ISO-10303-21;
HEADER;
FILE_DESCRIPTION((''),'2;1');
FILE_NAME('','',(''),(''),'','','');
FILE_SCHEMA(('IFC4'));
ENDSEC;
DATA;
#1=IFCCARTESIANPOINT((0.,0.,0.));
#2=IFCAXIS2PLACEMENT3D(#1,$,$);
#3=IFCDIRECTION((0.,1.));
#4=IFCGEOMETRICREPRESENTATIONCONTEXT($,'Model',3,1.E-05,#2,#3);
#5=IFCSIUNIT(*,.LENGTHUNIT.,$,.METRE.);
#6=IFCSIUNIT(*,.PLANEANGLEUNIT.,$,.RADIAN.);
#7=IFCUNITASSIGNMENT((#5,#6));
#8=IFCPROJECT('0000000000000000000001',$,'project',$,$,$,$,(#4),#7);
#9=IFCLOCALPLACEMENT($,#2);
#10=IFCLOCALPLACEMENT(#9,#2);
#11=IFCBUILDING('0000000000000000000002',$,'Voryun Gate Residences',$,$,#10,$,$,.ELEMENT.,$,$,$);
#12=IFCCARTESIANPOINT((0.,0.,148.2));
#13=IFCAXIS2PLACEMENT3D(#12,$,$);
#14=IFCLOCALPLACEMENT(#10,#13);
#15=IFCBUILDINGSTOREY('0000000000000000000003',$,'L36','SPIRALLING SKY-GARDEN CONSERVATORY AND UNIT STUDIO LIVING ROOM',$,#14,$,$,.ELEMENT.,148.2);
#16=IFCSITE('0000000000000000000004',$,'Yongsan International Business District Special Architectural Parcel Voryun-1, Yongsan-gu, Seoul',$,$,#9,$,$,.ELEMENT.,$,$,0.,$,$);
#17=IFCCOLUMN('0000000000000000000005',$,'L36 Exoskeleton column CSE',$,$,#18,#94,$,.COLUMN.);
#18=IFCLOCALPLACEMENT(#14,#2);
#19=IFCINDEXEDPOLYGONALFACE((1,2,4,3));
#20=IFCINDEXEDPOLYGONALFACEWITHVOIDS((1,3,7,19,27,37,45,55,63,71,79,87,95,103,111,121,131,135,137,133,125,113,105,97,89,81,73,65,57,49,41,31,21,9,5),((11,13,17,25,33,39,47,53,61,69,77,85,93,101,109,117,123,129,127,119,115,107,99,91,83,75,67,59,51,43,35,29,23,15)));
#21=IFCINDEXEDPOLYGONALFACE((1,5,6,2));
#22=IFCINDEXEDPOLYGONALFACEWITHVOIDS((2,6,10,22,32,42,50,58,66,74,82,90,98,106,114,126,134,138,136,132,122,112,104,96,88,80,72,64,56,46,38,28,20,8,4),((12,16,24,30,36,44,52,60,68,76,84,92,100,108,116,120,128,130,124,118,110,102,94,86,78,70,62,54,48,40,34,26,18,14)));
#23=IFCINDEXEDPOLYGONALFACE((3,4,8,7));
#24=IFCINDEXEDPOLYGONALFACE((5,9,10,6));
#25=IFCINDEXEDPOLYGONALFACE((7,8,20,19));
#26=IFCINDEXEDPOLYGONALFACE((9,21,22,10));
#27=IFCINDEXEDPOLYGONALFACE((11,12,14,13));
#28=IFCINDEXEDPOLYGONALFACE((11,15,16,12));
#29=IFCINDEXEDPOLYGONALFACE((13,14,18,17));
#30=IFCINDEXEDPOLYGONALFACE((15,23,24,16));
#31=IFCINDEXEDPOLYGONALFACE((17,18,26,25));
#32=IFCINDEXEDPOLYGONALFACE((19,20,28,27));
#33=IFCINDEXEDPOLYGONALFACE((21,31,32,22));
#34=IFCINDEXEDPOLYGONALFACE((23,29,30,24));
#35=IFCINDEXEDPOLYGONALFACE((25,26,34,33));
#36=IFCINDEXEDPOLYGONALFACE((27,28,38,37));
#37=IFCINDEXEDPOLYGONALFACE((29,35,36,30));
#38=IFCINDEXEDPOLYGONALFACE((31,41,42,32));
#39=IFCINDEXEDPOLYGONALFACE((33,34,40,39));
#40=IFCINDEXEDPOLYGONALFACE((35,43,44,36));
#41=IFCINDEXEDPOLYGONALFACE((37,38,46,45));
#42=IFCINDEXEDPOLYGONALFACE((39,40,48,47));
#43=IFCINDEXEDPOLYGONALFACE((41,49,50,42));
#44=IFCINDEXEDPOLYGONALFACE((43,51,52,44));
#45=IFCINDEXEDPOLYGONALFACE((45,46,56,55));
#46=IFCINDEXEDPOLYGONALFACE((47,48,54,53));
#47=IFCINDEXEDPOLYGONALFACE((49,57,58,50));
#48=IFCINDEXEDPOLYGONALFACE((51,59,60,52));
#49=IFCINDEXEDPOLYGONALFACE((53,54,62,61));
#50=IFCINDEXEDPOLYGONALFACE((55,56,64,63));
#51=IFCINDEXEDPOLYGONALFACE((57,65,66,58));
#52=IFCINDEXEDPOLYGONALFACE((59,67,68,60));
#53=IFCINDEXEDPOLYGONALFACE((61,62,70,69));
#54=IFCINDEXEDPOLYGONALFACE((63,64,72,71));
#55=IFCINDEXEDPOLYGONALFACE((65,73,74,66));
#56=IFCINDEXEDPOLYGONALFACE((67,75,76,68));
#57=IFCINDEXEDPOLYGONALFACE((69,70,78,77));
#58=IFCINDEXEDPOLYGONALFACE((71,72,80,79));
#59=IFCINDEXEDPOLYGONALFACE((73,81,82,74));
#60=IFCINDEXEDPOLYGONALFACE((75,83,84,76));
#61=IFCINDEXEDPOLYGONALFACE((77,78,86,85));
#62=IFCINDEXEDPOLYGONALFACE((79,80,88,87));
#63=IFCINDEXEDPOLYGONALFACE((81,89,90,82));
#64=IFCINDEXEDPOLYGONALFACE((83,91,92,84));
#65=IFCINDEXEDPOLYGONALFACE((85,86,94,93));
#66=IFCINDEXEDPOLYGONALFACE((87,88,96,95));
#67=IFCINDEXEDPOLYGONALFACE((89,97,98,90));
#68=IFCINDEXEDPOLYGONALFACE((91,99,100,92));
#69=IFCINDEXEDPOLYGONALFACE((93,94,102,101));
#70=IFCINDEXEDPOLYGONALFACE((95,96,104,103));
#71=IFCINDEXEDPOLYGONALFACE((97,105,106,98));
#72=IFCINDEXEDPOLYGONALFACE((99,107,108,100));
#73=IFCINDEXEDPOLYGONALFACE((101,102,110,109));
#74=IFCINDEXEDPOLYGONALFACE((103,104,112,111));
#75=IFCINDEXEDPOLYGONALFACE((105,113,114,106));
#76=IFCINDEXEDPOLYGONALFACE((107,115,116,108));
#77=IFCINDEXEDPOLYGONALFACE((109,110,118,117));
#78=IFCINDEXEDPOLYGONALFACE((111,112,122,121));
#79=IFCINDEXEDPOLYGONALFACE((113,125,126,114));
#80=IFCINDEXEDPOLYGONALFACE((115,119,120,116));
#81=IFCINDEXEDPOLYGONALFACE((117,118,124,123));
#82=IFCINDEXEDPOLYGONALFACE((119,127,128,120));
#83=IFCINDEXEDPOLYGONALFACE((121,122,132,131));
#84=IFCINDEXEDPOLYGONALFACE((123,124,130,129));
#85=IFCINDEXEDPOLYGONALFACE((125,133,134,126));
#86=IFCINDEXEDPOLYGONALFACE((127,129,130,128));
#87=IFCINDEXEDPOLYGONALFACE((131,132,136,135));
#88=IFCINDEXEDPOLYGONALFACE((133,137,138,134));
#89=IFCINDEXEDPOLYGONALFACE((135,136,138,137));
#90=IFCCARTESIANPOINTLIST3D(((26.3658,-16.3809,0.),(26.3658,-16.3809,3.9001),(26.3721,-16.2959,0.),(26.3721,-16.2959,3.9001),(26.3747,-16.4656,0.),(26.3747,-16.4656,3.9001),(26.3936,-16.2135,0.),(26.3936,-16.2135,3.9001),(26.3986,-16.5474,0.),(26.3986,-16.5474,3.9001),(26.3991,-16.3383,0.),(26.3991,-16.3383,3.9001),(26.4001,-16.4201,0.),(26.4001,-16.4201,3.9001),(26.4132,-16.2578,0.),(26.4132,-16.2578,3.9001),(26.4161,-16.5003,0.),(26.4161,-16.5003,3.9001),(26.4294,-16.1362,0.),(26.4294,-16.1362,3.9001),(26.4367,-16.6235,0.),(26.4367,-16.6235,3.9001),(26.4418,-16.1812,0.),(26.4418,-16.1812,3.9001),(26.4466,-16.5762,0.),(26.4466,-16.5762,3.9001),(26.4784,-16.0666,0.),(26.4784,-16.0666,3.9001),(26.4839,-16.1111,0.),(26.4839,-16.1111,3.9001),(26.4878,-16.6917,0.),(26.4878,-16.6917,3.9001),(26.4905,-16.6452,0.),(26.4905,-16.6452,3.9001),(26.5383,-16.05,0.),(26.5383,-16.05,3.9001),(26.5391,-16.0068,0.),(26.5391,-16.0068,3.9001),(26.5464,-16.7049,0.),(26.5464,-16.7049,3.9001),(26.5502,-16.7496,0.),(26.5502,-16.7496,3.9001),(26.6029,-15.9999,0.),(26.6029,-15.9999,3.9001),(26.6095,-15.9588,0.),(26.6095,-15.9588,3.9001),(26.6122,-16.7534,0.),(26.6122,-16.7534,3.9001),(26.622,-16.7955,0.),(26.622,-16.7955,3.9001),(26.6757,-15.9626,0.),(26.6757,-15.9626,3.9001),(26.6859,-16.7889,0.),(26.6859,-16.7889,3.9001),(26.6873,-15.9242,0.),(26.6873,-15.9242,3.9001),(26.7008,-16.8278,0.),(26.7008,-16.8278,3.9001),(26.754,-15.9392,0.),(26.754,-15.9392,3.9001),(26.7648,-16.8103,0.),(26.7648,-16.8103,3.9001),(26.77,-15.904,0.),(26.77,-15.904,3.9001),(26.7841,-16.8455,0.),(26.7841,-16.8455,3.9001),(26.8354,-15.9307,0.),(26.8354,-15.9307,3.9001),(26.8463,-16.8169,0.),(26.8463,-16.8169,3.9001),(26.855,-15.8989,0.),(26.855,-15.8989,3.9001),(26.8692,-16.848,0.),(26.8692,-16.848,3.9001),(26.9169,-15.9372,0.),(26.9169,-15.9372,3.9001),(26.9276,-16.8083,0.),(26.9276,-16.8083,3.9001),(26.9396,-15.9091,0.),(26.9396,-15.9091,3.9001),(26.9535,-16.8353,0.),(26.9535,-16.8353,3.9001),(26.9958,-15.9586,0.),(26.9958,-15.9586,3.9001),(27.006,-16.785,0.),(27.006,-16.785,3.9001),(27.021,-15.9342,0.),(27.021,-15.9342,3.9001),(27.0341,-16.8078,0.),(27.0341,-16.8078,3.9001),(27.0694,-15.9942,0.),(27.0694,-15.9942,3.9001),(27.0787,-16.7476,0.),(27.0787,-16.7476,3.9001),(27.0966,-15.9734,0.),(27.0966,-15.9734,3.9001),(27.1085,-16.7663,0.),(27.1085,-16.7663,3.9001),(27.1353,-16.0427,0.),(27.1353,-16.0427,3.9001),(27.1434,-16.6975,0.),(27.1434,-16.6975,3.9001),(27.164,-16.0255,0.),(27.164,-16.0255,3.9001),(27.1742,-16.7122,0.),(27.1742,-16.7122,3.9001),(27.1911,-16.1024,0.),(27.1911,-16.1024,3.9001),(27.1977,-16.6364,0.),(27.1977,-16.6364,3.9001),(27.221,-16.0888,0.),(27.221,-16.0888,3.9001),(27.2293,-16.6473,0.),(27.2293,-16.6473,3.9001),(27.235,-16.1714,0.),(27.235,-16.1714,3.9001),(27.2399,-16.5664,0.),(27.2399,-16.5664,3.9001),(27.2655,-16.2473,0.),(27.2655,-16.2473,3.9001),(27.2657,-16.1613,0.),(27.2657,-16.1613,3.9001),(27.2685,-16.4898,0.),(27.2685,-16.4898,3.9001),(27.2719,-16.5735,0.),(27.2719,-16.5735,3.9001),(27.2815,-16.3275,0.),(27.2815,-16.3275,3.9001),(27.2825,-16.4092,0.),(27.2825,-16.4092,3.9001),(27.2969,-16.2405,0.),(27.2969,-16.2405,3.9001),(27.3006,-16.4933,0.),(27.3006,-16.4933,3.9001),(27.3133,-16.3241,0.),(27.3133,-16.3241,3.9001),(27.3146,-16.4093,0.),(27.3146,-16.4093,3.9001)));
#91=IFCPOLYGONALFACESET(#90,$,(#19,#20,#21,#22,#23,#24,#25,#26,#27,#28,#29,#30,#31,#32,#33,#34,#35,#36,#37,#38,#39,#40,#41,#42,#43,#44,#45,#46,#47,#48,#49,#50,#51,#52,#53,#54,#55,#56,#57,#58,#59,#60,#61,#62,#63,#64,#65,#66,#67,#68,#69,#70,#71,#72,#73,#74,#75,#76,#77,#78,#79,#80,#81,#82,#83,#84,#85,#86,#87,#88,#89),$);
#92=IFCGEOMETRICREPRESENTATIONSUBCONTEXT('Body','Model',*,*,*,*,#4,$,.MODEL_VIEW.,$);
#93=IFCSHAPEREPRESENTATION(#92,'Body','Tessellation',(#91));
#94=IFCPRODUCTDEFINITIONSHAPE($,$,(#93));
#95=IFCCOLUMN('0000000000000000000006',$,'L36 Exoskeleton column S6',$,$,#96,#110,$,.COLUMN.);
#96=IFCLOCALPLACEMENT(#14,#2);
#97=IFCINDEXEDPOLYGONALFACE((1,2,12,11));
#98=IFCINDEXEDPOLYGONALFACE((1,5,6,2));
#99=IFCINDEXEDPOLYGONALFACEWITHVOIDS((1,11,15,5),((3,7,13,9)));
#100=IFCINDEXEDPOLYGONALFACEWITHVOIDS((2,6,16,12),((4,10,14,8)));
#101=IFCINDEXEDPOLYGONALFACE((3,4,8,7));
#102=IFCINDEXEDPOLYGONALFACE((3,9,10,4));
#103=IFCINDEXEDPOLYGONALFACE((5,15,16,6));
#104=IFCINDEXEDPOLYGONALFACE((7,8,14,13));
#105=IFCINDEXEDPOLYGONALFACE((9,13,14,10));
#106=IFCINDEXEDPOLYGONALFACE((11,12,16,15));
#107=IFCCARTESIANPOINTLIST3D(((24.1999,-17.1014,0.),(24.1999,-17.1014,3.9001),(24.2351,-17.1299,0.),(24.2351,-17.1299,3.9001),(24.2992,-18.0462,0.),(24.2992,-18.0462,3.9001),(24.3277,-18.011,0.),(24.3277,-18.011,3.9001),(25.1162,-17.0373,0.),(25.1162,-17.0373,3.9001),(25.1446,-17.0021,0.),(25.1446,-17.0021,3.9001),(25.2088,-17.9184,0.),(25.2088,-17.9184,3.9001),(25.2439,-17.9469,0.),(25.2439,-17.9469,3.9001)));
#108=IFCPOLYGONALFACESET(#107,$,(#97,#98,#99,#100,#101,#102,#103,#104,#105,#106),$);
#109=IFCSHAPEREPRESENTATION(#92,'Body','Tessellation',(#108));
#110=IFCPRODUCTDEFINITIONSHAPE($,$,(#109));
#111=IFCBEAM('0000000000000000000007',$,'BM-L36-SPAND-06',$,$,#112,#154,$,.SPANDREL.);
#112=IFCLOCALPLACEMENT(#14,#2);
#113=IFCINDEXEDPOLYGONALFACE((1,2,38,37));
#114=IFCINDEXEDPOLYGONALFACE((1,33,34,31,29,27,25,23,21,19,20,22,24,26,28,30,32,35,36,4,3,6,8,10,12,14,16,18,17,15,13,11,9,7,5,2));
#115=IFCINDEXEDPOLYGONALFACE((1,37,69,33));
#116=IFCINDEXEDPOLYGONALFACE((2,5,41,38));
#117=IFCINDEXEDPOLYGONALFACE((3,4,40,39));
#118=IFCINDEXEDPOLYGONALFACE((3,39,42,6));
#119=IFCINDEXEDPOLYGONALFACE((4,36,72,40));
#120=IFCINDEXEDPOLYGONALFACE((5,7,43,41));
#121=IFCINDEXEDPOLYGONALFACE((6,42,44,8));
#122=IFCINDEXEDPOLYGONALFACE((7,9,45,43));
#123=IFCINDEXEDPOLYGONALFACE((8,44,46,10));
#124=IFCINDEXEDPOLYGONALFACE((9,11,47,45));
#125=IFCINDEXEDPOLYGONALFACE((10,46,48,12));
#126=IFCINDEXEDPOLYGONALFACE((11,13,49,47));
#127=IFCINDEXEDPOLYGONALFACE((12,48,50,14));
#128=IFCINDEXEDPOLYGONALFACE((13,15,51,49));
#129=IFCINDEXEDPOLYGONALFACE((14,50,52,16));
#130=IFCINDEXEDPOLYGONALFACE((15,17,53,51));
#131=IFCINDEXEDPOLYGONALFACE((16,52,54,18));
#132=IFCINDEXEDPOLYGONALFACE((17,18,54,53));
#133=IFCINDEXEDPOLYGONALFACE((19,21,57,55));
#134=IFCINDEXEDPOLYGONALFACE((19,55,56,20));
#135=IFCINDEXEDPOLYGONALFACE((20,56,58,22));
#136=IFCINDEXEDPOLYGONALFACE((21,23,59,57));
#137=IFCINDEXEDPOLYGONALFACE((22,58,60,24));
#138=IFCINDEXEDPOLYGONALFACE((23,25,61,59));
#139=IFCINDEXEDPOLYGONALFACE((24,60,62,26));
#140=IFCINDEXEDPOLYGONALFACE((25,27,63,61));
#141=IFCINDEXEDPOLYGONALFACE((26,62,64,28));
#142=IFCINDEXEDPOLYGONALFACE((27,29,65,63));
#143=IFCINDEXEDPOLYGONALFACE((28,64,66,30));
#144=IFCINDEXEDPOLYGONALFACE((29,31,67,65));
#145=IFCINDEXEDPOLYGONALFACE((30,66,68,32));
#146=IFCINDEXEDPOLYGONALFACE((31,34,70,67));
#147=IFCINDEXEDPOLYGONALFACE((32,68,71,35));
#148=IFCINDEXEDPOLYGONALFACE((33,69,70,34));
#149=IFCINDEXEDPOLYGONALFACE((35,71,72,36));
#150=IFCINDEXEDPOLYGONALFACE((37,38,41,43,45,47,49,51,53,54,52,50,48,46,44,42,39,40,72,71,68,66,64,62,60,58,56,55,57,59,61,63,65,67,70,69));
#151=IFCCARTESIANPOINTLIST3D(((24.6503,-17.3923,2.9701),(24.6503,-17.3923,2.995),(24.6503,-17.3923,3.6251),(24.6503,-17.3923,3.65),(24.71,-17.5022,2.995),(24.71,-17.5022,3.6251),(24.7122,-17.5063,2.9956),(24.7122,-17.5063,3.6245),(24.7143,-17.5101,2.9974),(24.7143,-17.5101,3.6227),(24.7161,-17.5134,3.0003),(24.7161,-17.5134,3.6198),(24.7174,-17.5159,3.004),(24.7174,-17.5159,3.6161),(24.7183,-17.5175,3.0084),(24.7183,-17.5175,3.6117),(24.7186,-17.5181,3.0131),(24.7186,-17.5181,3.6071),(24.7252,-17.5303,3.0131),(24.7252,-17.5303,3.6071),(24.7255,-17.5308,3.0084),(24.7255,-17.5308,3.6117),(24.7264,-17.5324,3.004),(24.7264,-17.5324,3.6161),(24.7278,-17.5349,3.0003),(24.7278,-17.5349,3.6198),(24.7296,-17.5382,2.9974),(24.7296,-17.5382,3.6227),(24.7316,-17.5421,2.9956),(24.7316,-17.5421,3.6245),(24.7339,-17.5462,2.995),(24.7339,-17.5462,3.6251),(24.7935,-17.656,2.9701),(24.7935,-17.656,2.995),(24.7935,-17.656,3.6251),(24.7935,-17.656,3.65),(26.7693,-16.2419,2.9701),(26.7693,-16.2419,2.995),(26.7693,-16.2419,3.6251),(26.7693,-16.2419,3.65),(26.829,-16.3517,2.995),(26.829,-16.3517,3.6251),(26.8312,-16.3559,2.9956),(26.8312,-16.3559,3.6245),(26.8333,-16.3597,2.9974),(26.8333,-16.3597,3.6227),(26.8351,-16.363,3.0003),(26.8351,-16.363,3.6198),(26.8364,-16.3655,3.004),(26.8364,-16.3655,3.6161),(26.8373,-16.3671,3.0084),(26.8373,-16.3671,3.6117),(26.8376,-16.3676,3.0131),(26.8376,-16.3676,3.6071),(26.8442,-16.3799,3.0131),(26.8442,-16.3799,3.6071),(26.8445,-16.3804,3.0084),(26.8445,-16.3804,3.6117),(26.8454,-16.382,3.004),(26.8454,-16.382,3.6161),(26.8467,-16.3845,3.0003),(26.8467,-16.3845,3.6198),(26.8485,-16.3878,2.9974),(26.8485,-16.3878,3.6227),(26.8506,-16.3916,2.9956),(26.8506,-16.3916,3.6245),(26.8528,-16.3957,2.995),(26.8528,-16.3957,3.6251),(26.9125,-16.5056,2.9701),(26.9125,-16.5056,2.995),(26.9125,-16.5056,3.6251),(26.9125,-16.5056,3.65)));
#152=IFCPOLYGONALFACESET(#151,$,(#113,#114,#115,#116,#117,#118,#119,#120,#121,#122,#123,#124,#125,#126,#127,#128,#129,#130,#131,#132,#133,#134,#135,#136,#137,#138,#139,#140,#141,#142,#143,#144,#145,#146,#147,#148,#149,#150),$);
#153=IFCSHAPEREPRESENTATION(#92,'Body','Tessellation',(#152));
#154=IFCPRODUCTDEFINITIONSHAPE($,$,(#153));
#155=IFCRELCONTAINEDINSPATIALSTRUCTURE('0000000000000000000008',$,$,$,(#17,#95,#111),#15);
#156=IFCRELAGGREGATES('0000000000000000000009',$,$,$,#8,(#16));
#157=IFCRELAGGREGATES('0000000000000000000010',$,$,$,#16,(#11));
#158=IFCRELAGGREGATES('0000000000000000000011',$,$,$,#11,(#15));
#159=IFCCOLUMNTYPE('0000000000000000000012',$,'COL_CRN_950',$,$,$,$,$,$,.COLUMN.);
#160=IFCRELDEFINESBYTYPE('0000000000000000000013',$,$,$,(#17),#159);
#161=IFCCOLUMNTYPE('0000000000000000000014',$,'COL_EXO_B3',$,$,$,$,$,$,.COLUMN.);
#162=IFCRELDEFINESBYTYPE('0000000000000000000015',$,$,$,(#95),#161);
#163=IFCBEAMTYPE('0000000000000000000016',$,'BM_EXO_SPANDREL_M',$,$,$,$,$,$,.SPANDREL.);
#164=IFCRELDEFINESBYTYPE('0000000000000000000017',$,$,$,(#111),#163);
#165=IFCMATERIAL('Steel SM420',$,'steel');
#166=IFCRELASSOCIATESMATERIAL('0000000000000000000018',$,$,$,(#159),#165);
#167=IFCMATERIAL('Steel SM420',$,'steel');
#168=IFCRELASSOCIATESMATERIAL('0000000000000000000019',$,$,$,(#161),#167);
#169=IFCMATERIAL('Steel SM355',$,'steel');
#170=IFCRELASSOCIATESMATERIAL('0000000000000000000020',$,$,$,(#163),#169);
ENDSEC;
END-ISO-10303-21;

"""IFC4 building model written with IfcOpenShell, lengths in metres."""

from ifc_helpers import new_model, si_unit, direction, frame, origin, origin_2d, place, context, subcontext, project, spatial, hollow_rectangle, hollow_circle, i_section, extrude, material, material_profile, profile_set, type_object, element, save


model = new_model("IFC4")

# Units and contexts
model_context = context("Model", 3, precision=1e-05, world=origin(), true_north=direction((0.0, 1.0)))
body_context = subcontext(model_context, "Body", "Model", "MODEL_VIEW")
ifc_project = project(units=[si_unit("LENGTHUNIT", "METRE"), si_unit("PLANEANGLEUNIT", "RADIAN")], contexts=[model_context])

# Site, building, storey
site_placement = place(None, origin())
site = spatial("IfcSite", under=ifc_project, at=site_placement, Name="Yongsan International Business District Special Architectural Parcel Voryun-1, Yongsan-gu, Seoul", CompositionType="ELEMENT", RefElevation=0.0)
building_placement = place(site_placement, origin())
building = spatial("IfcBuilding", under=site, at=building_placement, Name="Voryun Gate Residences", CompositionType="ELEMENT")
storey_placement = place(building_placement, frame((0.0, 0.0, 148.2)))
storey = spatial("IfcBuildingStorey", under=building, at=storey_placement, Name="L36", Description="SPIRALLING SKY-GARDEN CONSERVATORY AND UNIT STUDIO LIVING ROOM", CompositionType="ELEMENT", Elevation=148.2)

# Columns
ifc_material_1 = material(Name="Steel SM420", Category="steel")
ifc_material_profile_1 = material_profile(ifc_material_1, hollow_circle(Radius=0.4751, WallThickness=0.032, at=origin_2d()), Name="CHS-950x32")
ifc_profile_set_1 = profile_set([ifc_material_profile_1], Name="Steel SM420")
column_type_1 = type_object("IfcColumnType", Name="COL_CRN_950", PredefinedType="COLUMN", material=ifc_profile_set_1)
column_1_placement = place(storey_placement, frame((26.8408, -16.3738, 0.0), z_axis=(0.0, 0.0, 1.0), x_axis=(0.994522, 0.104528, 0.0)))
element("IfcColumn", 1, at=column_1_placement, inside=storey, type_object=column_type_1, Name="L36 Exoskeleton column CSE", PredefinedType="COLUMN", context=body_context, shape_type="SweptSolid", body=[
    extrude(hollow_circle(Radius=0.4751, WallThickness=0.032, at=origin_2d()), origin(), (0.0, 0.0, 1.0), 3.9001),
])
ifc_material_2 = material(Name="Steel SM420", Category="steel")
ifc_material_profile_2 = material_profile(ifc_material_2, hollow_rectangle(XDim=0.95, YDim=0.95, WallThickness=0.032, at=origin_2d()), Name="BOX-950x950x32")
ifc_profile_set_2 = profile_set([ifc_material_profile_2], Name="Steel SM420")
column_type_2 = type_object("IfcColumnType", Name="COL_EXO_B3", PredefinedType="COLUMN", material=ifc_profile_set_2)
column_2_placement = place(storey_placement, frame((24.7219, -17.5242, 0.0), z_axis=(0.0, 0.0, 1.0), x_axis=(0.994522, 0.104528, 0.0)))
element("IfcColumn", 2, at=column_2_placement, inside=storey, type_object=column_type_2, Name="L36 Exoskeleton column S6", PredefinedType="COLUMN", context=body_context, shape_type="SweptSolid", body=[
    extrude(hollow_rectangle(XDim=0.95, YDim=0.95, WallThickness=0.032, at=origin_2d()), origin(), (0.0, 0.0, 1.0), 3.9001),
])

# Beam
ifc_material_3 = material(Name="Steel SM355", Category="steel")
ifc_material_profile_3 = material_profile(ifc_material_3, i_section(OverallWidth=0.3, OverallDepth=0.6799, WebThickness=0.0139, FlangeThickness=0.0249, FilletRadius=0.0181, at=origin_2d()), Name="H-680x300x14x25")
ifc_profile_set_3 = profile_set([ifc_material_profile_3], Name="Steel SM355")
beam_type = type_object("IfcBeamType", Name="BM_EXO_SPANDREL_M", PredefinedType="SPANDREL", material=ifc_profile_set_3)
beam_1_placement = place(storey_placement, frame((24.7219, -17.5242, 3.3101), z_axis=(0.87883, 0.477134, 0.0), x_axis=(-0.477134, 0.87883, 0.0)))
element("IfcBeam", 3, at=beam_1_placement, inside=storey, type_object=beam_type, Name="BM-L36-SPAND-06", PredefinedType="SPANDREL", context=body_context, shape_type="SweptSolid", body=[
    extrude(i_section(OverallWidth=0.3, OverallDepth=0.6799, WebThickness=0.0139, FlangeThickness=0.0249, FilletRadius=0.0181, at=origin_2d()), origin(), (0.0, 0.0, 1.0), 2.4111),
])

save(model, "model.ifc")
